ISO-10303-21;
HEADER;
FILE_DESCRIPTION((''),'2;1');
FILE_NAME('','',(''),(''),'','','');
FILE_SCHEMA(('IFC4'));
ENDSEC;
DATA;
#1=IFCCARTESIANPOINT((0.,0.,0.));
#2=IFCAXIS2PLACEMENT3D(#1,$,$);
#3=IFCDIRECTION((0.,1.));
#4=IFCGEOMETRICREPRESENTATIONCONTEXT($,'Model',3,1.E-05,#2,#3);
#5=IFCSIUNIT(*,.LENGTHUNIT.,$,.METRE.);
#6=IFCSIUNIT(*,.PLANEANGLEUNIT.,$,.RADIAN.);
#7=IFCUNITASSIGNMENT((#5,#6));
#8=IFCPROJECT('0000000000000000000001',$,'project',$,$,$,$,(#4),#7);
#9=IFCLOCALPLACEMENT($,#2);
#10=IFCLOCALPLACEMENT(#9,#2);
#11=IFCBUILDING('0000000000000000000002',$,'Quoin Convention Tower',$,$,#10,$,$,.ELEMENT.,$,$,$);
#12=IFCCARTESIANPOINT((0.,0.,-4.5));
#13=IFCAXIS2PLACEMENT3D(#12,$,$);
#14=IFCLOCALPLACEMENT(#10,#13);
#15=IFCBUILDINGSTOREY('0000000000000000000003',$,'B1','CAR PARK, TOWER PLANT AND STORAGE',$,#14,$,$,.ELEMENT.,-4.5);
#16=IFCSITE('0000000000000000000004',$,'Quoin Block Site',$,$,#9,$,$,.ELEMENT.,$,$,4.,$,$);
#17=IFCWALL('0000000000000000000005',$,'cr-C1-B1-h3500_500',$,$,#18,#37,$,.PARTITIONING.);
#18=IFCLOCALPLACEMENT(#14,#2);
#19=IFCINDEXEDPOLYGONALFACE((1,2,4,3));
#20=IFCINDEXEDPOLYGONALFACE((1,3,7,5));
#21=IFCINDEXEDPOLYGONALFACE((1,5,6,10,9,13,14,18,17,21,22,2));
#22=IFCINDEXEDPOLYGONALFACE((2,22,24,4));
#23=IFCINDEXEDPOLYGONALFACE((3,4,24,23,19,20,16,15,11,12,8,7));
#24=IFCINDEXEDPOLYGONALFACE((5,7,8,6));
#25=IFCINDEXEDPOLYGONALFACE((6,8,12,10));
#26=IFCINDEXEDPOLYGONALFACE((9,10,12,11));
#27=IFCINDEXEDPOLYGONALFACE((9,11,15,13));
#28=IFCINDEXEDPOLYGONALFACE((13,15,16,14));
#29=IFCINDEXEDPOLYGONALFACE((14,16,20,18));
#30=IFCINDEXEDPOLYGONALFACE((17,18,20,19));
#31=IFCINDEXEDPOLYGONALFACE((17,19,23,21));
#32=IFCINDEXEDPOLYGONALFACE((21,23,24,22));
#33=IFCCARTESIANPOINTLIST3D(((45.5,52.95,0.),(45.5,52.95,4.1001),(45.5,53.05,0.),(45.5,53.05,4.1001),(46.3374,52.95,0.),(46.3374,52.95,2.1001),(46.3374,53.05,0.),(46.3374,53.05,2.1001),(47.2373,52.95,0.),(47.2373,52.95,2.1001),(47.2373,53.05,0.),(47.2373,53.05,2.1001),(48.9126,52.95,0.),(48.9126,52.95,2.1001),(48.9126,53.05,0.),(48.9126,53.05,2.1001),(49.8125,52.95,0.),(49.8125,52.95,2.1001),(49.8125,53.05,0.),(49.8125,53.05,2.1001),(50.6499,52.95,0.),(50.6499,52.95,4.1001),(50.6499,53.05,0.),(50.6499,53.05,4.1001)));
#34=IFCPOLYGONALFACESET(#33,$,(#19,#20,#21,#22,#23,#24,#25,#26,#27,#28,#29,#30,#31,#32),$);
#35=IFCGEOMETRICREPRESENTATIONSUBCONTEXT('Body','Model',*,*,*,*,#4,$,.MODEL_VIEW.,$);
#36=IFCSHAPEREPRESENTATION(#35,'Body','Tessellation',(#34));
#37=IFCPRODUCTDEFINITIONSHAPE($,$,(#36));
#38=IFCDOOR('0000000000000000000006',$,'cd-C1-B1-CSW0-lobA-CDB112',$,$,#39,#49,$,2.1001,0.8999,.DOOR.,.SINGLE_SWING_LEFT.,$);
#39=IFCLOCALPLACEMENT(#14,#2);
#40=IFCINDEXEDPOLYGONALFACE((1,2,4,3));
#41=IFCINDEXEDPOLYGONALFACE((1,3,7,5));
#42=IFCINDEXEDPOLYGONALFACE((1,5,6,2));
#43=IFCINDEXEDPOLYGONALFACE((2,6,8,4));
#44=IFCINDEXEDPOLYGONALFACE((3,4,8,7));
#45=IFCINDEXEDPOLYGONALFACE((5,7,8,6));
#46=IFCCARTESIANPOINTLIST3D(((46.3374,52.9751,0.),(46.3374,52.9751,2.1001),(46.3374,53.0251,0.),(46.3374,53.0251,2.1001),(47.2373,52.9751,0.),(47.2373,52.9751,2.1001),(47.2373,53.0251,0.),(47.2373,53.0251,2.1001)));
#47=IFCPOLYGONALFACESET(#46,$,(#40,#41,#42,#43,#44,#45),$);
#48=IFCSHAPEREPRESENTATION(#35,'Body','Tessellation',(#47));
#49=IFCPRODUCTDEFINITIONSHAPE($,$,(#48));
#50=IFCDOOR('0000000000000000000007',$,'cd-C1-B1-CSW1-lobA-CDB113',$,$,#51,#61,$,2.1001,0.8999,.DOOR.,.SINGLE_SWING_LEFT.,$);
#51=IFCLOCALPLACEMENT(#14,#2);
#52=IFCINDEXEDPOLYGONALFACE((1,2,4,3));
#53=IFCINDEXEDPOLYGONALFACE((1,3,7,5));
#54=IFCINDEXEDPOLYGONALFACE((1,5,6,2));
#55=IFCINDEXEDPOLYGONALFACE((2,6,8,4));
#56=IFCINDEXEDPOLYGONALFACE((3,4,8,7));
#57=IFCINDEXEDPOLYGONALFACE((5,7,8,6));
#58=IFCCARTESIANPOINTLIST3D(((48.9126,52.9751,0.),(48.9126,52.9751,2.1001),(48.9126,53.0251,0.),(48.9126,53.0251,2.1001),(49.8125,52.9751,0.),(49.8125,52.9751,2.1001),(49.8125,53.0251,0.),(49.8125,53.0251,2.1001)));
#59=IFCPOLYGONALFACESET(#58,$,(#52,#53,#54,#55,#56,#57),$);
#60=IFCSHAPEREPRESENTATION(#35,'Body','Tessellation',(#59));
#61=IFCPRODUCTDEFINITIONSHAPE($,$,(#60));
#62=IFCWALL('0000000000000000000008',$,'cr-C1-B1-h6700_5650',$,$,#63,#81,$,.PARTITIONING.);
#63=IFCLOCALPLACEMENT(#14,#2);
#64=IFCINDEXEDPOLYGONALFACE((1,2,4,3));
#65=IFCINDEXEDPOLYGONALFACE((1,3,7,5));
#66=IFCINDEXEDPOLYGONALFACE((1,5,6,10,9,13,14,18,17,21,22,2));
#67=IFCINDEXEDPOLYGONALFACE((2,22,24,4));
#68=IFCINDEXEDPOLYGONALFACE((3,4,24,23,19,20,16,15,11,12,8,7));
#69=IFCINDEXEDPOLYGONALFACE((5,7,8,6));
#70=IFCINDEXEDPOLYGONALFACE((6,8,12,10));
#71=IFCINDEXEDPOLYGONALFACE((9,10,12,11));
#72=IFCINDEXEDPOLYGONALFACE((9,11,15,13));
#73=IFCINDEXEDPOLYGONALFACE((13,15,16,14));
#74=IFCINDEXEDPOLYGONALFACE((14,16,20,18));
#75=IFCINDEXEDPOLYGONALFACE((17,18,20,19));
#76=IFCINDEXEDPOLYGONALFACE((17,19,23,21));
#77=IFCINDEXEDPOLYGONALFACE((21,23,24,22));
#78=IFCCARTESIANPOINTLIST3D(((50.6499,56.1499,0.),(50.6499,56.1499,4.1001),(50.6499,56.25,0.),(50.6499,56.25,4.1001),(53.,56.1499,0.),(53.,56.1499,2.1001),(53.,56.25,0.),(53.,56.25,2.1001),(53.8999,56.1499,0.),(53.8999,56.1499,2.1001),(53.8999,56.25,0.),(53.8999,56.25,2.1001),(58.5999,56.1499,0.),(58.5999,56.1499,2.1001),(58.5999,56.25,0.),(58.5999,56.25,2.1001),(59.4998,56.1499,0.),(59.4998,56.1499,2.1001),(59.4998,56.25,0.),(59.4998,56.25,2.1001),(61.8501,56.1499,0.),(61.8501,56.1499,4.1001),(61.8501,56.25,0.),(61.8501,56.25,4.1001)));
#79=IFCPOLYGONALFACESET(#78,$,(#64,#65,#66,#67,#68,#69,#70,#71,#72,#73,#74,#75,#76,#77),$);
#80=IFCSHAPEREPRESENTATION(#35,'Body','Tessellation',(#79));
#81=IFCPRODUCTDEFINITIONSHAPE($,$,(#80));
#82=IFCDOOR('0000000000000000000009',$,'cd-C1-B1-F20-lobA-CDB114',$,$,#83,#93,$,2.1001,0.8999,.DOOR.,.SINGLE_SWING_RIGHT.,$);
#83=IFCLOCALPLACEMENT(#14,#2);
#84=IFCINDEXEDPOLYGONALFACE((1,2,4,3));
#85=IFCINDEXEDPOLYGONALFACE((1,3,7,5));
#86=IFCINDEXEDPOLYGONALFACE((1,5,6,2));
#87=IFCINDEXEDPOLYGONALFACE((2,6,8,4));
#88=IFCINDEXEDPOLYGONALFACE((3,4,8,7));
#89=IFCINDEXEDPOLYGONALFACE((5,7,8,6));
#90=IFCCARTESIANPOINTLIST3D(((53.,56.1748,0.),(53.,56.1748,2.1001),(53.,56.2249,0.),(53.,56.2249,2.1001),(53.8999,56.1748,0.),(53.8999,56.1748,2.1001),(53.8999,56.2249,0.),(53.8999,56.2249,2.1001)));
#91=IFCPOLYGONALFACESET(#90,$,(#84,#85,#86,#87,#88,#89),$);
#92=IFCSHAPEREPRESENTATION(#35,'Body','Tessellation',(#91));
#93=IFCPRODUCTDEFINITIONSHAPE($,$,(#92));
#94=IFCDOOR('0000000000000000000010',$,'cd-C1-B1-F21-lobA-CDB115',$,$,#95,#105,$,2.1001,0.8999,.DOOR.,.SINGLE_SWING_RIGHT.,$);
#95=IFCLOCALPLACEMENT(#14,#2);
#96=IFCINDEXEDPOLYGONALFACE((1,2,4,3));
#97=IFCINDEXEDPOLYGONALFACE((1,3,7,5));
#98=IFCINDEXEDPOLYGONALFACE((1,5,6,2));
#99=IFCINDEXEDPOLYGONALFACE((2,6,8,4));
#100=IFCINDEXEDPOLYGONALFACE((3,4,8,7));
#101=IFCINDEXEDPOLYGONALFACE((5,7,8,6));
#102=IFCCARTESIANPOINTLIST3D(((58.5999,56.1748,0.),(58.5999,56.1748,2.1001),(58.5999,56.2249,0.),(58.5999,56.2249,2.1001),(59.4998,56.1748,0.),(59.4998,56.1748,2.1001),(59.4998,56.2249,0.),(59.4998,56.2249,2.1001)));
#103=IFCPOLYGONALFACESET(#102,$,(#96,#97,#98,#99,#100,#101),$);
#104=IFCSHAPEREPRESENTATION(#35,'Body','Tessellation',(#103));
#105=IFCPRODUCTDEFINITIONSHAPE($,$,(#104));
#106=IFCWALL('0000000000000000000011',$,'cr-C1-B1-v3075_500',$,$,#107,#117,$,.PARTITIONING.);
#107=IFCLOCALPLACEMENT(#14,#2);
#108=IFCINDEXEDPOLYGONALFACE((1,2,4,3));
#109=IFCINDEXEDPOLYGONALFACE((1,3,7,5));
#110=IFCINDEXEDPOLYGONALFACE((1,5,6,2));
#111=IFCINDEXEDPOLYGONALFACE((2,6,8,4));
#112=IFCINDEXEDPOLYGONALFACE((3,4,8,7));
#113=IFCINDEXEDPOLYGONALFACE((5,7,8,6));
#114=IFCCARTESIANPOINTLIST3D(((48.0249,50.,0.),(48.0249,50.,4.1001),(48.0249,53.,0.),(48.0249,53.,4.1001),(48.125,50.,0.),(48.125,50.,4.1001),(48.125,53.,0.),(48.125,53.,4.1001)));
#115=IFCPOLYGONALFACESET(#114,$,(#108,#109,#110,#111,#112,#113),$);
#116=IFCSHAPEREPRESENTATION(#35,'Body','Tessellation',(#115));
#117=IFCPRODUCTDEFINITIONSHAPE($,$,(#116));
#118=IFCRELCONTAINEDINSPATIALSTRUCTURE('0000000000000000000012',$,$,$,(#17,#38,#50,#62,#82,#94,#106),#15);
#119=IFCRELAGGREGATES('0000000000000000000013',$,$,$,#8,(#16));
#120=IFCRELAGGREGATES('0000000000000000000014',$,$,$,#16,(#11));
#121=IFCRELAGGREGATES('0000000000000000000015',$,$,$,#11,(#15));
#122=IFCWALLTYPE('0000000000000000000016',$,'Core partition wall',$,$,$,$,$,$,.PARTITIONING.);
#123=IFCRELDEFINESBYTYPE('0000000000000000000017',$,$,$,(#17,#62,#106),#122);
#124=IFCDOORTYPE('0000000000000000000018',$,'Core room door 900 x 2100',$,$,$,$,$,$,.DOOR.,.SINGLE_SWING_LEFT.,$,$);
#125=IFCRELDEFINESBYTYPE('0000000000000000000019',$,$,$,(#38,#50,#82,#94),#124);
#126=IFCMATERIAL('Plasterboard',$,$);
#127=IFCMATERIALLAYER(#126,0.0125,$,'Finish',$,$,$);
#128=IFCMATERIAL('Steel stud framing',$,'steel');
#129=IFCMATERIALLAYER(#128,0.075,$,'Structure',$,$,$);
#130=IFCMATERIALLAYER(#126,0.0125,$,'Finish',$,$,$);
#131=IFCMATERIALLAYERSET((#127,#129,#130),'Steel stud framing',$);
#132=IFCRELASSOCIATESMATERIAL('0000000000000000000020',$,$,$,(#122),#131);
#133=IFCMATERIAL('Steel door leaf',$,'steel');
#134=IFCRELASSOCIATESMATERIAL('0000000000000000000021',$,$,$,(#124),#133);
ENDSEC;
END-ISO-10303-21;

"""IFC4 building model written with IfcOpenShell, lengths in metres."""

from ifc_helpers import new_model, si_unit, direction, frame, frame_2d, origin, place, context, subcontext, project, spatial, rectangle, extrude, material, layer, layer_set, type_object, element, fill, save


model = new_model("IFC4")

# Units and contexts
model_context = context("Model", 3, precision=1e-05, world=origin(), true_north=direction((0.0, 1.0)))
body_context = subcontext(model_context, "Body", "Model", "MODEL_VIEW")
ifc_project = project(units=[si_unit("LENGTHUNIT", "METRE"), si_unit("PLANEANGLEUNIT", "RADIAN")], contexts=[model_context])

# Site, building, storey
site_placement = place(None, origin())
site = spatial("IfcSite", under=ifc_project, at=site_placement, Name="Quoin Block Site", CompositionType="ELEMENT", RefElevation=4.0)
building_placement = place(site_placement, origin())
building = spatial("IfcBuilding", under=site, at=building_placement, Name="Quoin Convention Tower", CompositionType="ELEMENT")
storey_placement = place(building_placement, frame((0.0, 0.0, -4.5)))
storey = spatial("IfcBuildingStorey", under=building, at=storey_placement, Name="B1", Description="CAR PARK, TOWER PLANT AND STORAGE", CompositionType="ELEMENT", Elevation=-4.5)

# Walls, openings, doors
ifc_material_1 = material(Name="Plasterboard")
ifc_layer_1 = layer(ifc_material_1, 0.0125, Name="Finish")
ifc_material_2 = material(Name="Steel stud framing", Category="steel")
ifc_layer_2 = layer(ifc_material_2, 0.075, Name="Structure")
ifc_layer_3 = layer(ifc_material_1, 0.0125, Name="Finish")
ifc_layer_set_1 = layer_set([ifc_layer_1, ifc_layer_2, ifc_layer_3], Name="Steel stud framing")
wall_type_1 = type_object("IfcWallType", Name="Core partition wall", PredefinedType="PARTITIONING", material=ifc_layer_set_1)
wall_1_placement = place(storey_placement, frame((45.5, 53.0, 0.0), z_axis=(0.0, 0.0, 1.0), x_axis=(1.0, 0.0, 0.0)))
wall_1 = element("IfcWall", 1, at=wall_1_placement, inside=storey, type_object=wall_type_1, Name="cr-C1-B1-h3500_500", PredefinedType="PARTITIONING", context=body_context, shape_type="SweptSolid", body=[
    extrude(rectangle(XDim=5.1499, YDim=0.1001, at=frame_2d((2.575, 0.0))), origin(), (0.0, 0.0, 1.0), 4.1001),
])
opening_1_placement = place(wall_1_placement, frame((0.8374, 0.0, 0.0)))
opening_1 = element("IfcOpeningElement", 2, at=opening_1_placement, cuts=wall_1, PredefinedType="OPENING", context=body_context, shape_type="SweptSolid", body=[
    extrude(rectangle(XDim=0.8999, YDim=2.1001, at=frame_2d((0.45, 1.05))), frame((0.0, 0.0601, 0.0), z_axis=(0.0, -1.0, 0.0), x_axis=(1.0, 0.0, 0.0)), (0.0, 0.0, 1.0), 0.1201),
])
opening_2_placement = place(wall_1_placement, frame((3.4126, 0.0, 0.0)))
opening_2 = element("IfcOpeningElement", 3, at=opening_2_placement, cuts=wall_1, PredefinedType="OPENING", context=body_context, shape_type="SweptSolid", body=[
    extrude(rectangle(XDim=0.8999, YDim=2.1001, at=frame_2d((0.45, 1.05))), frame((0.0, 0.0601, 0.0), z_axis=(0.0, -1.0, 0.0), x_axis=(1.0, 0.0, 0.0)), (0.0, 0.0, 1.0), 0.1201),
])
ifc_material_3 = material(Name="Steel door leaf", Category="steel")
door_type_1 = type_object("IfcDoorType", Name="Core room door 900 x 2100", OperationType="SINGLE_SWING_LEFT", PredefinedType="DOOR", material=ifc_material_3)
door_1_placement = place(opening_1_placement, frame((0.8999, 0.0, 0.0), z_axis=(0.0, 0.0, 1.0), x_axis=(-1.0, 0.0, 0.0)))
door_1 = element("IfcDoor", 4, at=door_1_placement, inside=storey, type_object=door_type_1, Name="cd-C1-B1-CSW0-lobA-CDB112", OperationType="SINGLE_SWING_LEFT", OverallHeight=2.1001, OverallWidth=0.8999, PredefinedType="DOOR", context=body_context, shape_type="SweptSolid", body=[
    extrude(rectangle(XDim=0.8999, YDim=2.1001, at=frame_2d((0.45, 1.05))), frame((0.0, 0.0249, 0.0), z_axis=(0.0, -1.0, 0.0), x_axis=(1.0, 0.0, 0.0)), (0.0, 0.0, 1.0), 0.05),
])
fill(opening_1, door_1)
door_2_placement = place(opening_2_placement, frame((0.8999, 0.0, 0.0), z_axis=(0.0, 0.0, 1.0), x_axis=(-1.0, 0.0, 0.0)))
door_2 = element("IfcDoor", 5, at=door_2_placement, inside=storey, type_object=door_type_1, Name="cd-C1-B1-CSW1-lobA-CDB113", OperationType="SINGLE_SWING_LEFT", OverallHeight=2.1001, OverallWidth=0.8999, PredefinedType="DOOR", context=body_context, shape_type="SweptSolid", body=[
    extrude(rectangle(XDim=0.8999, YDim=2.1001, at=frame_2d((0.45, 1.05))), frame((0.0, 0.0249, 0.0), z_axis=(0.0, -1.0, 0.0), x_axis=(1.0, 0.0, 0.0)), (0.0, 0.0, 1.0), 0.05),
])
fill(opening_2, door_2)
wall_2_placement = place(storey_placement, frame((50.6499, 56.2, 0.0), z_axis=(0.0, 0.0, 1.0), x_axis=(1.0, 0.0, 0.0)))
wall_2 = element("IfcWall", 6, at=wall_2_placement, inside=storey, type_object=wall_type_1, Name="cr-C1-B1-h6700_5650", PredefinedType="PARTITIONING", context=body_context, shape_type="SweptSolid", body=[
    extrude(rectangle(XDim=11.2002, YDim=0.1001, at=frame_2d((5.6001, 0.0))), origin(), (0.0, 0.0, 1.0), 4.1001),
])
opening_3_placement = place(wall_2_placement, frame((2.3501, 0.0, 0.0)))
opening_3 = element("IfcOpeningElement", 7, at=opening_3_placement, cuts=wall_2, PredefinedType="OPENING", context=body_context, shape_type="SweptSolid", body=[
    extrude(rectangle(XDim=0.8999, YDim=2.1001, at=frame_2d((0.45, 1.05))), frame((0.0, 0.0601, 0.0), z_axis=(0.0, -1.0, 0.0), x_axis=(1.0, 0.0, 0.0)), (0.0, 0.0, 1.0), 0.1201),
])
opening_4_placement = place(wall_2_placement, frame((7.95, 0.0, 0.0)))
opening_4 = element("IfcOpeningElement", 8, at=opening_4_placement, cuts=wall_2, PredefinedType="OPENING", context=body_context, shape_type="SweptSolid", body=[
    extrude(rectangle(XDim=0.8999, YDim=2.1001, at=frame_2d((0.45, 1.05))), frame((0.0, 0.0601, 0.0), z_axis=(0.0, -1.0, 0.0), x_axis=(1.0, 0.0, 0.0)), (0.0, 0.0, 1.0), 0.1201),
])
door_3_placement = place(opening_3_placement, origin())
door_3 = element("IfcDoor", 9, at=door_3_placement, inside=storey, type_object=door_type_1, Name="cd-C1-B1-F20-lobA-CDB114", OperationType="SINGLE_SWING_RIGHT", OverallHeight=2.1001, OverallWidth=0.8999, PredefinedType="DOOR", context=body_context, shape_type="SweptSolid", body=[
    extrude(rectangle(XDim=0.8999, YDim=2.1001, at=frame_2d((0.45, 1.05))), frame((0.0, 0.0249, 0.0), z_axis=(0.0, -1.0, 0.0), x_axis=(1.0, 0.0, 0.0)), (0.0, 0.0, 1.0), 0.05),
])
fill(opening_3, door_3)
door_4_placement = place(opening_4_placement, origin())
door_4 = element("IfcDoor", 10, at=door_4_placement, inside=storey, type_object=door_type_1, Name="cd-C1-B1-F21-lobA-CDB115", OperationType="SINGLE_SWING_RIGHT", OverallHeight=2.1001, OverallWidth=0.8999, PredefinedType="DOOR", context=body_context, shape_type="SweptSolid", body=[
    extrude(rectangle(XDim=0.8999, YDim=2.1001, at=frame_2d((0.45, 1.05))), frame((0.0, 0.0249, 0.0), z_axis=(0.0, -1.0, 0.0), x_axis=(1.0, 0.0, 0.0)), (0.0, 0.0, 1.0), 0.05),
])
fill(opening_4, door_4)

# Wall
wall_3_placement = place(storey_placement, frame((48.075, 50.0, 0.0), z_axis=(0.0, 0.0, 1.0), x_axis=(0.0, 1.0, 0.0)))
element("IfcWall", 11, at=wall_3_placement, inside=storey, type_object=wall_type_1, Name="cr-C1-B1-v3075_500", PredefinedType="PARTITIONING", context=body_context, shape_type="SweptSolid", body=[
    extrude(rectangle(XDim=3.0, YDim=0.1001, at=frame_2d((1.5, 0.0))), origin(), (0.0, 0.0, 1.0), 4.1001),
])

save(model, "model.ifc")
